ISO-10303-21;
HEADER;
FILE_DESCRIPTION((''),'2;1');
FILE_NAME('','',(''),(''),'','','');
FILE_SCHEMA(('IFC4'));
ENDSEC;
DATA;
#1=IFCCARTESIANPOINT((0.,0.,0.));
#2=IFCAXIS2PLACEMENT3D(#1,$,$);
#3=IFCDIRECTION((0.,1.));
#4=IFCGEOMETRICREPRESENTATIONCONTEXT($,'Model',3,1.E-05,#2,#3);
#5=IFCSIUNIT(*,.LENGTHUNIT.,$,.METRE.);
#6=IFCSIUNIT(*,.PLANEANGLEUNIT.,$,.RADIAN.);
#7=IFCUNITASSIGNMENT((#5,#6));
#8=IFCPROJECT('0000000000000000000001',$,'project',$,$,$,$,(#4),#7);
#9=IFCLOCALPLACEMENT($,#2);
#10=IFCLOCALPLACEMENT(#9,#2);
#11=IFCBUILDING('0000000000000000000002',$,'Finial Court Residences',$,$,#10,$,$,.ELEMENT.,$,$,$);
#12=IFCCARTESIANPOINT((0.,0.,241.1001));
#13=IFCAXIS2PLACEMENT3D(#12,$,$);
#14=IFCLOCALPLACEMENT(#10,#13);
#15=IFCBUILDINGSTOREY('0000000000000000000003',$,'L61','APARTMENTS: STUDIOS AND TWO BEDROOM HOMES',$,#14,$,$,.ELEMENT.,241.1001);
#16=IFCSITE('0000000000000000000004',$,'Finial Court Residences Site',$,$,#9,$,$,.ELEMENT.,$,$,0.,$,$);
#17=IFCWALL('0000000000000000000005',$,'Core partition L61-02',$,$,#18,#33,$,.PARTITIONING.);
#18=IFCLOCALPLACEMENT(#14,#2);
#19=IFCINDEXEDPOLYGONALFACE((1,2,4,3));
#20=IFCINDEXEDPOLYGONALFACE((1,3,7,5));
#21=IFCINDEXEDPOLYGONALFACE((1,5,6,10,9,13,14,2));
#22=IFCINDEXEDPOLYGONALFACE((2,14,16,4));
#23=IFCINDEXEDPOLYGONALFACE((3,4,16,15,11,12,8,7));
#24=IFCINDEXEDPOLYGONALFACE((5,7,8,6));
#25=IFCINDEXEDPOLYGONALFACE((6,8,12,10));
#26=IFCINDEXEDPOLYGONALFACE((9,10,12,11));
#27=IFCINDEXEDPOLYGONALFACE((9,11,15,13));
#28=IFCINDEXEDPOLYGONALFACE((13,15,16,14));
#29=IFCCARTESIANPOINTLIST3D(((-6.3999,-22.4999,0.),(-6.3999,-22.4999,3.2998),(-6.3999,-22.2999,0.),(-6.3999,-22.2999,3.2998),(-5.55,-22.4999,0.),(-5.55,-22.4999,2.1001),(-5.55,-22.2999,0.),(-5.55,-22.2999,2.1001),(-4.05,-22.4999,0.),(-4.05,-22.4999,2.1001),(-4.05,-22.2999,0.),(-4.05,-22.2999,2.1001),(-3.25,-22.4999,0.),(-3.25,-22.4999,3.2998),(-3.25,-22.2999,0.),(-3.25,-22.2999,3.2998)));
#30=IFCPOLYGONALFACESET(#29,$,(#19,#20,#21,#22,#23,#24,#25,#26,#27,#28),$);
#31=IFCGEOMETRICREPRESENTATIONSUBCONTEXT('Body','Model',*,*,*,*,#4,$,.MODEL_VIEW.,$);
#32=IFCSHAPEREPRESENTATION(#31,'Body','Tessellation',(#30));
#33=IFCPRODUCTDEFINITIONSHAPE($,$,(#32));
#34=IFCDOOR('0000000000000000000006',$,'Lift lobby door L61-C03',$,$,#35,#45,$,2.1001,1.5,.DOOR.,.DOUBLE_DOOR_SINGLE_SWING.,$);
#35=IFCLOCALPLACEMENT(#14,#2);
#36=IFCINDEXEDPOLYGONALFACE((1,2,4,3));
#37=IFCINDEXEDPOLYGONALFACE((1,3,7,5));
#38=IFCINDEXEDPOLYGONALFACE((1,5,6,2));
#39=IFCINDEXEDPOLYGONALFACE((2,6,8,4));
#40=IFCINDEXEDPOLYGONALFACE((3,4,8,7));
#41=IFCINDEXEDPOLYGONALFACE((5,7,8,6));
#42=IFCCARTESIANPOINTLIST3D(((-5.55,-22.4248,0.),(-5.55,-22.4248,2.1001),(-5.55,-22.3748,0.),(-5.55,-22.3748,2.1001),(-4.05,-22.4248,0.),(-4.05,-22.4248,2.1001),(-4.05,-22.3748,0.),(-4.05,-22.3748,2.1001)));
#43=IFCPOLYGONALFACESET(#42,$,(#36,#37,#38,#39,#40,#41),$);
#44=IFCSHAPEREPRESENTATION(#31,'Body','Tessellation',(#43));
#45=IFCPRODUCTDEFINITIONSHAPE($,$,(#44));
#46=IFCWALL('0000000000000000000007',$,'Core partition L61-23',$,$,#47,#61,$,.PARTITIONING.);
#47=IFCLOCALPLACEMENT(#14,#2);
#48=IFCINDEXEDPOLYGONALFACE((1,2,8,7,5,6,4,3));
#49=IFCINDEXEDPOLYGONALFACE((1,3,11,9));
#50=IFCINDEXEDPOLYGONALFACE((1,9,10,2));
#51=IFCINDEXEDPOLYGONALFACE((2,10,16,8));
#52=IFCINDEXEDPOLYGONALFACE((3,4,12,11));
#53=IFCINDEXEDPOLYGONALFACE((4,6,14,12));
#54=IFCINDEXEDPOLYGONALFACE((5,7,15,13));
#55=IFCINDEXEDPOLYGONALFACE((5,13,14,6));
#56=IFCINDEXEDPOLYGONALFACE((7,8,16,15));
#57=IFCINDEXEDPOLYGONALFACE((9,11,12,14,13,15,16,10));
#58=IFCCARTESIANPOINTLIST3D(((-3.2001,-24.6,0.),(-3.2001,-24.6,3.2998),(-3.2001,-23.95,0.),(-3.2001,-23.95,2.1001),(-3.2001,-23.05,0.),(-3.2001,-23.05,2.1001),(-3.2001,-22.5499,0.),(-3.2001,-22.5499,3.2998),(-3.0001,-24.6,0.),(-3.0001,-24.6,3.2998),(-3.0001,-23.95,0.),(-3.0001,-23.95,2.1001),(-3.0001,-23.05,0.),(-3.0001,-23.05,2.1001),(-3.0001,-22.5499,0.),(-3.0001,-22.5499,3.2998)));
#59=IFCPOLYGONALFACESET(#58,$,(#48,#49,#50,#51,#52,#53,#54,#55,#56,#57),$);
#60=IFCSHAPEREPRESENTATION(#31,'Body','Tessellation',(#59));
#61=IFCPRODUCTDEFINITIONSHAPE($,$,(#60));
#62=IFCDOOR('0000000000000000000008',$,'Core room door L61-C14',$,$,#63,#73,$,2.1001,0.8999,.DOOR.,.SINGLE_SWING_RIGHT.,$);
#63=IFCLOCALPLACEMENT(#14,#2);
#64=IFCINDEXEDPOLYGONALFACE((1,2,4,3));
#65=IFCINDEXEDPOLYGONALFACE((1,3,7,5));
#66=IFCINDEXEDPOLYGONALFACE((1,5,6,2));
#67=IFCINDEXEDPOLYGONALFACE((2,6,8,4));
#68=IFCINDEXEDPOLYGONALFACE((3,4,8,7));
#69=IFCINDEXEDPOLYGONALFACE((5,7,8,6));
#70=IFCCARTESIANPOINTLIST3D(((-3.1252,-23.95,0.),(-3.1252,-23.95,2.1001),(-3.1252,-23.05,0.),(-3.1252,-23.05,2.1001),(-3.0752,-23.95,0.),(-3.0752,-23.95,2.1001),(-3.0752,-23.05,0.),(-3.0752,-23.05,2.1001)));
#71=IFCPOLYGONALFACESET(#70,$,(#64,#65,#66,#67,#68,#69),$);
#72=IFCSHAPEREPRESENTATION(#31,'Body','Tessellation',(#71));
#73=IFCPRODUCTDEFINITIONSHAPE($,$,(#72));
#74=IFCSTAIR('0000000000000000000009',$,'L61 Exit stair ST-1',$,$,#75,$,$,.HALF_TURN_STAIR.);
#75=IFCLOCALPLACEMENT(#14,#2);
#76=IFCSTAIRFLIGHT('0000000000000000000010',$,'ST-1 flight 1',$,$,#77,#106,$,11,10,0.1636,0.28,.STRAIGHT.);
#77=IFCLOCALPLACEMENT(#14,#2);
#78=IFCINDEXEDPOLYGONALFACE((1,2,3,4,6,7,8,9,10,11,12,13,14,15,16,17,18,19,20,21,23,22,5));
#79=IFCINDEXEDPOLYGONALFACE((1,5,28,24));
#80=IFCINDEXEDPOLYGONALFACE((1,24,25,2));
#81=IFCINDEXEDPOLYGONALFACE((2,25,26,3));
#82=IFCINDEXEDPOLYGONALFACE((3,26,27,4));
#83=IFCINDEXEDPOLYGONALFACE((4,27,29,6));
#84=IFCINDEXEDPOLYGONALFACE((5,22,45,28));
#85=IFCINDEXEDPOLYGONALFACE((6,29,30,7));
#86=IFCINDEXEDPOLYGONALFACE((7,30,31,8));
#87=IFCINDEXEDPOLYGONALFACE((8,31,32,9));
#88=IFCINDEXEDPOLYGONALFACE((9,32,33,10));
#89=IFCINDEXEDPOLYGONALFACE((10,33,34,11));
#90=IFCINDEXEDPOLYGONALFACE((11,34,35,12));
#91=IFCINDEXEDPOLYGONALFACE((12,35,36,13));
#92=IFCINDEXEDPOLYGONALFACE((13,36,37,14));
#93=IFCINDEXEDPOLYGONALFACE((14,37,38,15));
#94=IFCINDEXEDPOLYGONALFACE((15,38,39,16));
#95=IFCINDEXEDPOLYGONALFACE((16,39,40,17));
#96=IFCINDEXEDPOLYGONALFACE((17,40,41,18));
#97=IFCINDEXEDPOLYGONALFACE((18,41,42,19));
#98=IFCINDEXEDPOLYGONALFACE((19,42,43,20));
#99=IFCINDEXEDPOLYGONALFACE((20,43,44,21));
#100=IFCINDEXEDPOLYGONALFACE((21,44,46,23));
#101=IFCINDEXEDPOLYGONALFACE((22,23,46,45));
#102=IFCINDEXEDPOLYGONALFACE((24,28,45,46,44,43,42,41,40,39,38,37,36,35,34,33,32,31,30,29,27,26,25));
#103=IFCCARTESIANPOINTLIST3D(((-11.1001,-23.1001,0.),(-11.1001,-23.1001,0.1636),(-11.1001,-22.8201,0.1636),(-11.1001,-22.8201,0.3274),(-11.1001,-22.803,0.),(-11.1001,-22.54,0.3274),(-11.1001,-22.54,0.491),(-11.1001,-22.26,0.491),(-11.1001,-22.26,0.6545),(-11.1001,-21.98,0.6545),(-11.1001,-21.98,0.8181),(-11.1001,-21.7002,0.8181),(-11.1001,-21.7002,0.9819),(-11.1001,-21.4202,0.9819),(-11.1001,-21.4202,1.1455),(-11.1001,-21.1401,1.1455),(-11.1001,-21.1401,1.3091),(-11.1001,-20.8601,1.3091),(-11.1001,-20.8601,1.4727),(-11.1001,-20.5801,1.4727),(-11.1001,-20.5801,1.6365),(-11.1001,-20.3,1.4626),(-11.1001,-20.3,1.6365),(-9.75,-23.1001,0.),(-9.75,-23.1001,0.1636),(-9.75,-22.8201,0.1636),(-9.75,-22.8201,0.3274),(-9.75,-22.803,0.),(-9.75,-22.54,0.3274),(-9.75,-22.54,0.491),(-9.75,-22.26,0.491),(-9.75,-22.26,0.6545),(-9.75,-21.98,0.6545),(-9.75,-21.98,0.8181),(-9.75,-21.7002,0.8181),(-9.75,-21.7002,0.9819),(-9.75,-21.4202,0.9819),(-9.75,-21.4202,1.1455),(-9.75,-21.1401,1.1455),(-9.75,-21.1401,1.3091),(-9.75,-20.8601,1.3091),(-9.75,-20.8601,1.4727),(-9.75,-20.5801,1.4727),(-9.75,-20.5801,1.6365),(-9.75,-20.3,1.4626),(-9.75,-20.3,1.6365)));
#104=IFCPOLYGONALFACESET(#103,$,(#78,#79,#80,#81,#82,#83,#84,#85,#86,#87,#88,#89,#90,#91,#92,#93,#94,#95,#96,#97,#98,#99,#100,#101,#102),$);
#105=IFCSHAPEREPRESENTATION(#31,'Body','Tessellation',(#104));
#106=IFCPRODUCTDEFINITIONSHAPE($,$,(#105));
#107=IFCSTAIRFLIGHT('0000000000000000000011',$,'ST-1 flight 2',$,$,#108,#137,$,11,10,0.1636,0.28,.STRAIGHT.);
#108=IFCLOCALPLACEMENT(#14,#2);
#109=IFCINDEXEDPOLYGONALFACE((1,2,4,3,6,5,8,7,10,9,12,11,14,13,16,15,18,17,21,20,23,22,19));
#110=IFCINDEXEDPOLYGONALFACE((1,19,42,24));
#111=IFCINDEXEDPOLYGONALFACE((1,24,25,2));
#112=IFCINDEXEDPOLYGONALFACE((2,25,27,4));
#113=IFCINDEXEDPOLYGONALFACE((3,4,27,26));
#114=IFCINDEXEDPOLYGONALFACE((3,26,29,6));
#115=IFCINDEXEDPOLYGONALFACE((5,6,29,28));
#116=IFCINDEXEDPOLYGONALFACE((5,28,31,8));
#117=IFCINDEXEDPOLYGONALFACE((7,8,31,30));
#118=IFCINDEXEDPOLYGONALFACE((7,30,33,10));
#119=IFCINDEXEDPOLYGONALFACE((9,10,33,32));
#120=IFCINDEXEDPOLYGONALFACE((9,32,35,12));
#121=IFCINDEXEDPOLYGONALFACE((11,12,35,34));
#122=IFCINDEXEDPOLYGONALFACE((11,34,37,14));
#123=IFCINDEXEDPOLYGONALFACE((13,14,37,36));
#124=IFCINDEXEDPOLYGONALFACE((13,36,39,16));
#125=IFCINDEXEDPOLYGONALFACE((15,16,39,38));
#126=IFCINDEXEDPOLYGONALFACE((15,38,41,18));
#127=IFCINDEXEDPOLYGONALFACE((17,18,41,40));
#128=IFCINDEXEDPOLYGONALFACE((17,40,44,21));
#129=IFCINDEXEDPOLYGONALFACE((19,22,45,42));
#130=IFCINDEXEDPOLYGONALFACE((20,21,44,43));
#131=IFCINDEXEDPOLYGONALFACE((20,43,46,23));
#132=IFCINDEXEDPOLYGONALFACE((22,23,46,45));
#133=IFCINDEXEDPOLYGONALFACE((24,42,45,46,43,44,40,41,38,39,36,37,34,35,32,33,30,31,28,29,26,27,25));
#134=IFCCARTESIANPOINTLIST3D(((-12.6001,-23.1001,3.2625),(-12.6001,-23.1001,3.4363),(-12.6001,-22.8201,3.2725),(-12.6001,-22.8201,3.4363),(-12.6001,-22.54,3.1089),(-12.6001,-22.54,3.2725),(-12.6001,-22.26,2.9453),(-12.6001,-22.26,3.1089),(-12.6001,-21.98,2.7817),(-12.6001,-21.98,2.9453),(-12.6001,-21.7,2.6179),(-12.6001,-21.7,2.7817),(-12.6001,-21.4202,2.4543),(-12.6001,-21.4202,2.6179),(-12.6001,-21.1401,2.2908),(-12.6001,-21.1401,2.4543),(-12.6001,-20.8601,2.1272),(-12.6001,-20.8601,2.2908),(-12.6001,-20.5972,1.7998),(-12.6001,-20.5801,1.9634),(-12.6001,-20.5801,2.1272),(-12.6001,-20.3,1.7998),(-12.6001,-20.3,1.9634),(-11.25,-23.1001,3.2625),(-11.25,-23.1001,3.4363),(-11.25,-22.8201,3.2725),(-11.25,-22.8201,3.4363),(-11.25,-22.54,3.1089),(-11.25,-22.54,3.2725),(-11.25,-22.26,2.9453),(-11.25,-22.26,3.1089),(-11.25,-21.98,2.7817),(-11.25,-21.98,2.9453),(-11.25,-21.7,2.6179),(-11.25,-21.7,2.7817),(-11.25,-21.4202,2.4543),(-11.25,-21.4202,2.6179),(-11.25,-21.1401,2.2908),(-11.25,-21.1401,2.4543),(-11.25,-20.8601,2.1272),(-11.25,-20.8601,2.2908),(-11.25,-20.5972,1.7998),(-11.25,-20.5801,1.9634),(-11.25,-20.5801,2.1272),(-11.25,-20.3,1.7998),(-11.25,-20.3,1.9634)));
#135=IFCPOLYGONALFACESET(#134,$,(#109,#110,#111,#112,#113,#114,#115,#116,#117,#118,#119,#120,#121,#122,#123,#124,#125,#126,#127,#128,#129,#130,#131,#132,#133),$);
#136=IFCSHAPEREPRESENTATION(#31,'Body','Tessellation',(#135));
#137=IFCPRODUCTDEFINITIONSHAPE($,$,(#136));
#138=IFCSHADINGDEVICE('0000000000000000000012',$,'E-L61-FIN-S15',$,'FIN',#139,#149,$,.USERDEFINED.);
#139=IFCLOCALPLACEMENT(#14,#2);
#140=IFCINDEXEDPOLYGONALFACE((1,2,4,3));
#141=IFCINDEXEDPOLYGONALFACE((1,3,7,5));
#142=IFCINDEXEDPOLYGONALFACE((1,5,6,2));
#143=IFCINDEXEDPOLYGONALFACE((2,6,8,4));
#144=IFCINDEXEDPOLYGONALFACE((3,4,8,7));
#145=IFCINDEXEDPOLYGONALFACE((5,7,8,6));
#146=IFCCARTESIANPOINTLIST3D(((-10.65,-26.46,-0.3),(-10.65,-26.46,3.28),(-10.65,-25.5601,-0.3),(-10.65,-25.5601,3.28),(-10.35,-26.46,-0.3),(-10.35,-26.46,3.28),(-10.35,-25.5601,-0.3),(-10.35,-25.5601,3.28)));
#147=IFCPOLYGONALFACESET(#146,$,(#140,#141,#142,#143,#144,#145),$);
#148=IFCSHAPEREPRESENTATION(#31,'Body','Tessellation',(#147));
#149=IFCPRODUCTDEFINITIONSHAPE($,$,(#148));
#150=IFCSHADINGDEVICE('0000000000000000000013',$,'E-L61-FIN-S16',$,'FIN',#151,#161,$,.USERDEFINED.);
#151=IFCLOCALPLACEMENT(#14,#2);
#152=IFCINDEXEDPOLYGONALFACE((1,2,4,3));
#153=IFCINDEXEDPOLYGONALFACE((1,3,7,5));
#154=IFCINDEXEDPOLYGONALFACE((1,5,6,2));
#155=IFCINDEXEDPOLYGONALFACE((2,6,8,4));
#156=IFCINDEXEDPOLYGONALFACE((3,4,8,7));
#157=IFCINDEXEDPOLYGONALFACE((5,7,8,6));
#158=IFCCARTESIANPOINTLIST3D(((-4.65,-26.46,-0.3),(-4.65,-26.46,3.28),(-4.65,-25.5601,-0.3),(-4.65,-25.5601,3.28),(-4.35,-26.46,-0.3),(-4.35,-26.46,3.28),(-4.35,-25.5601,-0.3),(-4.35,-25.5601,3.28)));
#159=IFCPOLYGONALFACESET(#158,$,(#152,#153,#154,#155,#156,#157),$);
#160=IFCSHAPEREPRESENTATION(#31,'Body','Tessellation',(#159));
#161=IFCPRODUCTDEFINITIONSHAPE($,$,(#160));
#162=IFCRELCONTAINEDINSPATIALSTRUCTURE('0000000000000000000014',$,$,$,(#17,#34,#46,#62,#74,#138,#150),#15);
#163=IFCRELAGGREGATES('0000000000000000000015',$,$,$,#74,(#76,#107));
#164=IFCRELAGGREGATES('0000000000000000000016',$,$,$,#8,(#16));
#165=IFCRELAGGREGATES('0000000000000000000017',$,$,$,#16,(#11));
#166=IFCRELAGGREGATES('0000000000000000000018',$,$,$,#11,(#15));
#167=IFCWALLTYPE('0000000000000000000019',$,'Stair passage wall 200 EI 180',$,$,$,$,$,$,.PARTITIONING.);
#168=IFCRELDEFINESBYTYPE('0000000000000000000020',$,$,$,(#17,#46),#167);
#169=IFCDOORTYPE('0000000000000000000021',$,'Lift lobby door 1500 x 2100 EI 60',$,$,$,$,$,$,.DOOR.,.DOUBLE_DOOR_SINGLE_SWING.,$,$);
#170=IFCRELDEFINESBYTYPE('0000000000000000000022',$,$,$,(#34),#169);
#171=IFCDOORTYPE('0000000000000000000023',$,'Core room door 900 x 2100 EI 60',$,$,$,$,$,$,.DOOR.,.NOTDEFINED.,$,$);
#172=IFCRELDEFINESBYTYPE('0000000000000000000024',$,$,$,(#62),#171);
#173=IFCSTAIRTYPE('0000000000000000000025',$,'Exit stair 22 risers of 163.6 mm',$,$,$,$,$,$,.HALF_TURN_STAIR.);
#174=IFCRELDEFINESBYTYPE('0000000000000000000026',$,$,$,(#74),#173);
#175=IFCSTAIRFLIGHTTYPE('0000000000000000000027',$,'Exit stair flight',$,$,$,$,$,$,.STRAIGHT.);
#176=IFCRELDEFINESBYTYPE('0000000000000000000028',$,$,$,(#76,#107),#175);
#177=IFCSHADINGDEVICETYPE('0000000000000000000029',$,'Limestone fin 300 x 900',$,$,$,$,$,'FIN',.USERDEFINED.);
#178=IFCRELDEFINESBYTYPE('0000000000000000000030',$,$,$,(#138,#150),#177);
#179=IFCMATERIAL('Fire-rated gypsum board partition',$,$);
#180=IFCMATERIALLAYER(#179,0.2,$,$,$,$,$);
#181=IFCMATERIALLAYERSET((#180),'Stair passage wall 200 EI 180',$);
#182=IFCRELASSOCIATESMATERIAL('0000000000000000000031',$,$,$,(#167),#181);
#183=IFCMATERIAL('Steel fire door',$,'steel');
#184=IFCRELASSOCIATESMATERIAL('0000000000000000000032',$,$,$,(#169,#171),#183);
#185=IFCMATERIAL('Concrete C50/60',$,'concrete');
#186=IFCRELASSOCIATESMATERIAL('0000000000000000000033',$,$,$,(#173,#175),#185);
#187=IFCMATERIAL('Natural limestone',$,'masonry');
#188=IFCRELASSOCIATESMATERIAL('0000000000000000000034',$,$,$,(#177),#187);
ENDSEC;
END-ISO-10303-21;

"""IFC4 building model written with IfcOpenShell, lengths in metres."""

from ifc_helpers import new_model, si_unit, direction, frame, frame_2d, origin, origin_2d, place, context, subcontext, project, spatial, polyline, rectangle, outline, extrude, material, layer, layer_set, type_object, element, fill, aggregate, save


model = new_model("IFC4")

# Units and contexts
model_context = context("Model", 3, precision=1e-05, world=origin(), true_north=direction((0.0, 1.0)))
body_context = subcontext(model_context, "Body", "Model", "MODEL_VIEW")
ifc_project = project(units=[si_unit("LENGTHUNIT", "METRE"), si_unit("PLANEANGLEUNIT", "RADIAN")], contexts=[model_context])

# Site, building, storey
site_placement = place(None, origin())
site = spatial("IfcSite", under=ifc_project, at=site_placement, Name="Finial Court Residences Site", CompositionType="ELEMENT", RefElevation=0.0)
building_placement = place(site_placement, origin())
building = spatial("IfcBuilding", under=site, at=building_placement, Name="Finial Court Residences", CompositionType="ELEMENT")
storey_placement = place(building_placement, frame((0.0, 0.0, 241.1001)))
storey = spatial("IfcBuildingStorey", under=building, at=storey_placement, Name="L61", Description="APARTMENTS: STUDIOS AND TWO BEDROOM HOMES", CompositionType="ELEMENT", Elevation=241.1001)

# Shared definitions
ifc_material_1 = material(Name="Steel fire door", Category="steel")

# Shared definitions
ifc_material_2 = material(Name="Fire-rated gypsum board partition")

# Walls, openings, doors
ifc_layer_1 = layer(ifc_material_2, 0.2)
ifc_layer_set_1 = layer_set([ifc_layer_1], Name="Stair passage wall 200 EI 180")
wall_type_1 = type_object("IfcWallType", Name="Stair passage wall 200 EI 180", PredefinedType="PARTITIONING", material=ifc_layer_set_1)
wall_1_placement = place(storey_placement, frame((-3.25, -22.3999, 0.0), z_axis=(0.0, 0.0, 1.0), x_axis=(-1.0, 0.0, 0.0)))
wall_1 = element("IfcWall", 1, at=wall_1_placement, inside=storey, type_object=wall_type_1, Name="Core partition L61-02", PredefinedType="PARTITIONING", context=body_context, shape_type="SweptSolid", body=[
    extrude(rectangle(XDim=3.1499, YDim=0.2, at=frame_2d((1.575, 0.0))), origin(), (0.0, 0.0, 1.0), 3.2998),
])
opening_1_placement = place(wall_1_placement, frame((0.8, 0.0, 0.0)))
opening_1 = element("IfcOpeningElement", 2, at=opening_1_placement, cuts=wall_1, PredefinedType="OPENING", context=body_context, shape_type="SweptSolid", body=[
    extrude(rectangle(XDim=1.5, YDim=2.1001, at=frame_2d((0.75, 1.05))), frame((0.0, 0.1099, 0.0), z_axis=(0.0, -1.0, 0.0), x_axis=(1.0, 0.0, 0.0)), (0.0, 0.0, 1.0), 0.22),
])
door_type_1 = type_object("IfcDoorType", Name="Lift lobby door 1500 x 2100 EI 60", OperationType="DOUBLE_DOOR_SINGLE_SWING", PredefinedType="DOOR", material=ifc_material_1)
door_1_placement = place(opening_1_placement, origin())
door_1 = element("IfcDoor", 3, at=door_1_placement, inside=storey, type_object=door_type_1, Name="Lift lobby door L61-C03", OperationType="DOUBLE_DOOR_SINGLE_SWING", OverallHeight=2.1001, OverallWidth=1.5, PredefinedType="DOOR", context=body_context, shape_type="SweptSolid", body=[
    extrude(rectangle(XDim=1.5, YDim=2.1001, at=frame_2d((0.75, 1.05))), frame((0.0, 0.0249, 0.0), z_axis=(0.0, -1.0, 0.0), x_axis=(1.0, 0.0, 0.0)), (0.0, 0.0, 1.0), 0.05),
])
fill(opening_1, door_1)
wall_2_placement = place(storey_placement, frame((-3.1001, -22.55, 0.0), z_axis=(0.0, 0.0, 1.0), x_axis=(0.0, -1.0, 0.0)))
wall_2 = element("IfcWall", 4, at=wall_2_placement, inside=storey, type_object=wall_type_1, Name="Core partition L61-23", PredefinedType="PARTITIONING", context=body_context, shape_type="SweptSolid", body=[
    extrude(rectangle(XDim=2.05, YDim=0.2, at=frame_2d((1.0249, 0.0))), origin(), (0.0, 0.0, 1.0), 3.2998),
])
opening_2_placement = place(wall_2_placement, frame((0.5, 0.0, 0.0)))
opening_2 = element("IfcOpeningElement", 5, at=opening_2_placement, cuts=wall_2, PredefinedType="OPENING", context=body_context, shape_type="SweptSolid", body=[
    extrude(rectangle(XDim=0.8999, YDim=2.1001, at=frame_2d((0.45, 1.05))), frame((0.0, 0.1099, 0.0), z_axis=(0.0, -1.0, 0.0), x_axis=(1.0, 0.0, 0.0)), (0.0, 0.0, 1.0), 0.22),
])
door_type_2 = type_object("IfcDoorType", Name="Core room door 900 x 2100 EI 60", OperationType="NOTDEFINED", PredefinedType="DOOR", material=ifc_material_1)
door_2_placement = place(opening_2_placement, origin())
door_2 = element("IfcDoor", 6, at=door_2_placement, inside=storey, type_object=door_type_2, Name="Core room door L61-C14", OperationType="SINGLE_SWING_RIGHT", OverallHeight=2.1001, OverallWidth=0.8999, PredefinedType="DOOR", context=body_context, shape_type="SweptSolid", body=[
    extrude(rectangle(XDim=0.8999, YDim=2.1001, at=frame_2d((0.45, 1.05))), frame((0.0, 0.0249, 0.0), z_axis=(0.0, -1.0, 0.0), x_axis=(1.0, 0.0, 0.0)), (0.0, 0.0, 1.0), 0.05),
])
fill(opening_2, door_2)

# Stair, stair flights
ifc_material_3 = material(Name="Concrete C50/60", Category="concrete")
stair_type = type_object("IfcStairType", Name="Exit stair 22 risers of 163.6 mm", PredefinedType="HALF_TURN_STAIR", material=ifc_material_3)
stair_placement = place(storey_placement, origin())
stair = element("IfcStair", 7, at=stair_placement, inside=storey, type_object=stair_type, Name="L61 Exit stair ST-1", PredefinedType="HALF_TURN_STAIR")
stair_flight_type = type_object("IfcStairFlightType", Name="Exit stair flight", PredefinedType="STRAIGHT", material=ifc_material_3)
stair_flight_1_placement = place(storey_placement, frame((-10.425, -23.1001, 0.0), z_axis=(0.0, 0.0, 1.0), x_axis=(0.0, 1.0, 0.0)))
stair_flight_1 = element("IfcStairFlight", 8, at=stair_flight_1_placement, type_object=stair_flight_type, Name="ST-1 flight 1", NumberOfRisers=11, NumberOfTreads=10, PredefinedType="STRAIGHT", RiserHeight=0.1636, TreadLength=0.28, context=body_context, shape_type="SweptSolid", body=[
    extrude(outline(polyline([(0.0, 0.0), (0.0, 0.1636), (0.28, 0.1636), (0.28, 0.3274), (0.5601, 0.3274), (0.5601, 0.491), (0.8401, 0.491), (0.8401, 0.6545), (1.1201, 0.6545), (1.1201, 0.8181), (1.3999, 0.8181), (1.3999, 0.9819), (1.6799, 0.9819), (1.6799, 1.1455), (1.96, 1.1455), (1.96, 1.3091), (2.24, 1.3091), (2.24, 1.4727), (2.52, 1.4727), (2.52, 1.6365), (2.8, 1.6365), (2.8, 1.8), (2.8, 1.4626), (0.2971, 0.0), (0.0, 0.0)])), frame((0.0, 0.675, 0.0), z_axis=(0.0, -1.0, 0.0), x_axis=(1.0, 0.0, 0.0)), (0.0, 0.0, 1.0), 1.3501),
])
stair_flight_2_placement = place(storey_placement, frame((-11.925, -20.3, 1.7998), z_axis=(0.0, 0.0, 1.0), x_axis=(0.0, -1.0, 0.0)))
stair_flight_2 = element("IfcStairFlight", 9, at=stair_flight_2_placement, type_object=stair_flight_type, Name="ST-1 flight 2", NumberOfRisers=11, NumberOfTreads=10, PredefinedType="STRAIGHT", RiserHeight=0.1636, TreadLength=0.28, context=body_context, shape_type="SweptSolid", body=[
    extrude(outline(polyline([(0.0, 0.0), (0.0, 0.1636), (0.28, 0.1636), (0.28, 0.3274), (0.5601, 0.3274), (0.5601, 0.491), (0.8401, 0.491), (0.8401, 0.6545), (1.1201, 0.6545), (1.1201, 0.8181), (1.3999, 0.8181), (1.3999, 0.9819), (1.6799, 0.9819), (1.6799, 1.1455), (1.96, 1.1455), (1.96, 1.3091), (2.24, 1.3091), (2.24, 1.4727), (2.52, 1.4727), (2.52, 1.6365), (2.8, 1.6365), (2.8, 1.8), (2.8, 1.4626), (0.2971, 0.0), (0.0, 0.0)])), frame((0.0, 0.675, 0.0), z_axis=(0.0, -1.0, 0.0), x_axis=(1.0, 0.0, 0.0)), (0.0, 0.0, 1.0), 1.3501),
])
aggregate(stair, [stair_flight_1, stair_flight_2])

# Shading devices
ifc_material_4 = material(Name="Natural limestone", Category="masonry")
shading_device_type = type_object("IfcShadingDeviceType", Name="Limestone fin 300 x 900", ElementType="FIN", PredefinedType="USERDEFINED", material=ifc_material_4)
for number, where, z_axis, x_axis, name in (
    (10, (-10.5, -26.01, -0.3), (0.0, 0.0, 1.0), (1.0, 0.0, 0.0), "E-L61-FIN-S15"),
    (11, (-4.5, -26.01, -0.3), (0.0, 0.0, 1.0), (1.0, 0.0, 0.0), "E-L61-FIN-S16"),
):
    element("IfcShadingDevice", number, at=place(storey_placement, frame(where, z_axis=z_axis, x_axis=x_axis)), inside=storey, type_object=shading_device_type, Name=name, ObjectType="FIN", PredefinedType="USERDEFINED", context=body_context, shape_type="SweptSolid", body=[
        extrude(rectangle(XDim=0.3, YDim=0.8999, at=origin_2d()), origin(), (0.0, 0.0, 1.0), 3.5801),
    ])

save(model, "model.ifc")
